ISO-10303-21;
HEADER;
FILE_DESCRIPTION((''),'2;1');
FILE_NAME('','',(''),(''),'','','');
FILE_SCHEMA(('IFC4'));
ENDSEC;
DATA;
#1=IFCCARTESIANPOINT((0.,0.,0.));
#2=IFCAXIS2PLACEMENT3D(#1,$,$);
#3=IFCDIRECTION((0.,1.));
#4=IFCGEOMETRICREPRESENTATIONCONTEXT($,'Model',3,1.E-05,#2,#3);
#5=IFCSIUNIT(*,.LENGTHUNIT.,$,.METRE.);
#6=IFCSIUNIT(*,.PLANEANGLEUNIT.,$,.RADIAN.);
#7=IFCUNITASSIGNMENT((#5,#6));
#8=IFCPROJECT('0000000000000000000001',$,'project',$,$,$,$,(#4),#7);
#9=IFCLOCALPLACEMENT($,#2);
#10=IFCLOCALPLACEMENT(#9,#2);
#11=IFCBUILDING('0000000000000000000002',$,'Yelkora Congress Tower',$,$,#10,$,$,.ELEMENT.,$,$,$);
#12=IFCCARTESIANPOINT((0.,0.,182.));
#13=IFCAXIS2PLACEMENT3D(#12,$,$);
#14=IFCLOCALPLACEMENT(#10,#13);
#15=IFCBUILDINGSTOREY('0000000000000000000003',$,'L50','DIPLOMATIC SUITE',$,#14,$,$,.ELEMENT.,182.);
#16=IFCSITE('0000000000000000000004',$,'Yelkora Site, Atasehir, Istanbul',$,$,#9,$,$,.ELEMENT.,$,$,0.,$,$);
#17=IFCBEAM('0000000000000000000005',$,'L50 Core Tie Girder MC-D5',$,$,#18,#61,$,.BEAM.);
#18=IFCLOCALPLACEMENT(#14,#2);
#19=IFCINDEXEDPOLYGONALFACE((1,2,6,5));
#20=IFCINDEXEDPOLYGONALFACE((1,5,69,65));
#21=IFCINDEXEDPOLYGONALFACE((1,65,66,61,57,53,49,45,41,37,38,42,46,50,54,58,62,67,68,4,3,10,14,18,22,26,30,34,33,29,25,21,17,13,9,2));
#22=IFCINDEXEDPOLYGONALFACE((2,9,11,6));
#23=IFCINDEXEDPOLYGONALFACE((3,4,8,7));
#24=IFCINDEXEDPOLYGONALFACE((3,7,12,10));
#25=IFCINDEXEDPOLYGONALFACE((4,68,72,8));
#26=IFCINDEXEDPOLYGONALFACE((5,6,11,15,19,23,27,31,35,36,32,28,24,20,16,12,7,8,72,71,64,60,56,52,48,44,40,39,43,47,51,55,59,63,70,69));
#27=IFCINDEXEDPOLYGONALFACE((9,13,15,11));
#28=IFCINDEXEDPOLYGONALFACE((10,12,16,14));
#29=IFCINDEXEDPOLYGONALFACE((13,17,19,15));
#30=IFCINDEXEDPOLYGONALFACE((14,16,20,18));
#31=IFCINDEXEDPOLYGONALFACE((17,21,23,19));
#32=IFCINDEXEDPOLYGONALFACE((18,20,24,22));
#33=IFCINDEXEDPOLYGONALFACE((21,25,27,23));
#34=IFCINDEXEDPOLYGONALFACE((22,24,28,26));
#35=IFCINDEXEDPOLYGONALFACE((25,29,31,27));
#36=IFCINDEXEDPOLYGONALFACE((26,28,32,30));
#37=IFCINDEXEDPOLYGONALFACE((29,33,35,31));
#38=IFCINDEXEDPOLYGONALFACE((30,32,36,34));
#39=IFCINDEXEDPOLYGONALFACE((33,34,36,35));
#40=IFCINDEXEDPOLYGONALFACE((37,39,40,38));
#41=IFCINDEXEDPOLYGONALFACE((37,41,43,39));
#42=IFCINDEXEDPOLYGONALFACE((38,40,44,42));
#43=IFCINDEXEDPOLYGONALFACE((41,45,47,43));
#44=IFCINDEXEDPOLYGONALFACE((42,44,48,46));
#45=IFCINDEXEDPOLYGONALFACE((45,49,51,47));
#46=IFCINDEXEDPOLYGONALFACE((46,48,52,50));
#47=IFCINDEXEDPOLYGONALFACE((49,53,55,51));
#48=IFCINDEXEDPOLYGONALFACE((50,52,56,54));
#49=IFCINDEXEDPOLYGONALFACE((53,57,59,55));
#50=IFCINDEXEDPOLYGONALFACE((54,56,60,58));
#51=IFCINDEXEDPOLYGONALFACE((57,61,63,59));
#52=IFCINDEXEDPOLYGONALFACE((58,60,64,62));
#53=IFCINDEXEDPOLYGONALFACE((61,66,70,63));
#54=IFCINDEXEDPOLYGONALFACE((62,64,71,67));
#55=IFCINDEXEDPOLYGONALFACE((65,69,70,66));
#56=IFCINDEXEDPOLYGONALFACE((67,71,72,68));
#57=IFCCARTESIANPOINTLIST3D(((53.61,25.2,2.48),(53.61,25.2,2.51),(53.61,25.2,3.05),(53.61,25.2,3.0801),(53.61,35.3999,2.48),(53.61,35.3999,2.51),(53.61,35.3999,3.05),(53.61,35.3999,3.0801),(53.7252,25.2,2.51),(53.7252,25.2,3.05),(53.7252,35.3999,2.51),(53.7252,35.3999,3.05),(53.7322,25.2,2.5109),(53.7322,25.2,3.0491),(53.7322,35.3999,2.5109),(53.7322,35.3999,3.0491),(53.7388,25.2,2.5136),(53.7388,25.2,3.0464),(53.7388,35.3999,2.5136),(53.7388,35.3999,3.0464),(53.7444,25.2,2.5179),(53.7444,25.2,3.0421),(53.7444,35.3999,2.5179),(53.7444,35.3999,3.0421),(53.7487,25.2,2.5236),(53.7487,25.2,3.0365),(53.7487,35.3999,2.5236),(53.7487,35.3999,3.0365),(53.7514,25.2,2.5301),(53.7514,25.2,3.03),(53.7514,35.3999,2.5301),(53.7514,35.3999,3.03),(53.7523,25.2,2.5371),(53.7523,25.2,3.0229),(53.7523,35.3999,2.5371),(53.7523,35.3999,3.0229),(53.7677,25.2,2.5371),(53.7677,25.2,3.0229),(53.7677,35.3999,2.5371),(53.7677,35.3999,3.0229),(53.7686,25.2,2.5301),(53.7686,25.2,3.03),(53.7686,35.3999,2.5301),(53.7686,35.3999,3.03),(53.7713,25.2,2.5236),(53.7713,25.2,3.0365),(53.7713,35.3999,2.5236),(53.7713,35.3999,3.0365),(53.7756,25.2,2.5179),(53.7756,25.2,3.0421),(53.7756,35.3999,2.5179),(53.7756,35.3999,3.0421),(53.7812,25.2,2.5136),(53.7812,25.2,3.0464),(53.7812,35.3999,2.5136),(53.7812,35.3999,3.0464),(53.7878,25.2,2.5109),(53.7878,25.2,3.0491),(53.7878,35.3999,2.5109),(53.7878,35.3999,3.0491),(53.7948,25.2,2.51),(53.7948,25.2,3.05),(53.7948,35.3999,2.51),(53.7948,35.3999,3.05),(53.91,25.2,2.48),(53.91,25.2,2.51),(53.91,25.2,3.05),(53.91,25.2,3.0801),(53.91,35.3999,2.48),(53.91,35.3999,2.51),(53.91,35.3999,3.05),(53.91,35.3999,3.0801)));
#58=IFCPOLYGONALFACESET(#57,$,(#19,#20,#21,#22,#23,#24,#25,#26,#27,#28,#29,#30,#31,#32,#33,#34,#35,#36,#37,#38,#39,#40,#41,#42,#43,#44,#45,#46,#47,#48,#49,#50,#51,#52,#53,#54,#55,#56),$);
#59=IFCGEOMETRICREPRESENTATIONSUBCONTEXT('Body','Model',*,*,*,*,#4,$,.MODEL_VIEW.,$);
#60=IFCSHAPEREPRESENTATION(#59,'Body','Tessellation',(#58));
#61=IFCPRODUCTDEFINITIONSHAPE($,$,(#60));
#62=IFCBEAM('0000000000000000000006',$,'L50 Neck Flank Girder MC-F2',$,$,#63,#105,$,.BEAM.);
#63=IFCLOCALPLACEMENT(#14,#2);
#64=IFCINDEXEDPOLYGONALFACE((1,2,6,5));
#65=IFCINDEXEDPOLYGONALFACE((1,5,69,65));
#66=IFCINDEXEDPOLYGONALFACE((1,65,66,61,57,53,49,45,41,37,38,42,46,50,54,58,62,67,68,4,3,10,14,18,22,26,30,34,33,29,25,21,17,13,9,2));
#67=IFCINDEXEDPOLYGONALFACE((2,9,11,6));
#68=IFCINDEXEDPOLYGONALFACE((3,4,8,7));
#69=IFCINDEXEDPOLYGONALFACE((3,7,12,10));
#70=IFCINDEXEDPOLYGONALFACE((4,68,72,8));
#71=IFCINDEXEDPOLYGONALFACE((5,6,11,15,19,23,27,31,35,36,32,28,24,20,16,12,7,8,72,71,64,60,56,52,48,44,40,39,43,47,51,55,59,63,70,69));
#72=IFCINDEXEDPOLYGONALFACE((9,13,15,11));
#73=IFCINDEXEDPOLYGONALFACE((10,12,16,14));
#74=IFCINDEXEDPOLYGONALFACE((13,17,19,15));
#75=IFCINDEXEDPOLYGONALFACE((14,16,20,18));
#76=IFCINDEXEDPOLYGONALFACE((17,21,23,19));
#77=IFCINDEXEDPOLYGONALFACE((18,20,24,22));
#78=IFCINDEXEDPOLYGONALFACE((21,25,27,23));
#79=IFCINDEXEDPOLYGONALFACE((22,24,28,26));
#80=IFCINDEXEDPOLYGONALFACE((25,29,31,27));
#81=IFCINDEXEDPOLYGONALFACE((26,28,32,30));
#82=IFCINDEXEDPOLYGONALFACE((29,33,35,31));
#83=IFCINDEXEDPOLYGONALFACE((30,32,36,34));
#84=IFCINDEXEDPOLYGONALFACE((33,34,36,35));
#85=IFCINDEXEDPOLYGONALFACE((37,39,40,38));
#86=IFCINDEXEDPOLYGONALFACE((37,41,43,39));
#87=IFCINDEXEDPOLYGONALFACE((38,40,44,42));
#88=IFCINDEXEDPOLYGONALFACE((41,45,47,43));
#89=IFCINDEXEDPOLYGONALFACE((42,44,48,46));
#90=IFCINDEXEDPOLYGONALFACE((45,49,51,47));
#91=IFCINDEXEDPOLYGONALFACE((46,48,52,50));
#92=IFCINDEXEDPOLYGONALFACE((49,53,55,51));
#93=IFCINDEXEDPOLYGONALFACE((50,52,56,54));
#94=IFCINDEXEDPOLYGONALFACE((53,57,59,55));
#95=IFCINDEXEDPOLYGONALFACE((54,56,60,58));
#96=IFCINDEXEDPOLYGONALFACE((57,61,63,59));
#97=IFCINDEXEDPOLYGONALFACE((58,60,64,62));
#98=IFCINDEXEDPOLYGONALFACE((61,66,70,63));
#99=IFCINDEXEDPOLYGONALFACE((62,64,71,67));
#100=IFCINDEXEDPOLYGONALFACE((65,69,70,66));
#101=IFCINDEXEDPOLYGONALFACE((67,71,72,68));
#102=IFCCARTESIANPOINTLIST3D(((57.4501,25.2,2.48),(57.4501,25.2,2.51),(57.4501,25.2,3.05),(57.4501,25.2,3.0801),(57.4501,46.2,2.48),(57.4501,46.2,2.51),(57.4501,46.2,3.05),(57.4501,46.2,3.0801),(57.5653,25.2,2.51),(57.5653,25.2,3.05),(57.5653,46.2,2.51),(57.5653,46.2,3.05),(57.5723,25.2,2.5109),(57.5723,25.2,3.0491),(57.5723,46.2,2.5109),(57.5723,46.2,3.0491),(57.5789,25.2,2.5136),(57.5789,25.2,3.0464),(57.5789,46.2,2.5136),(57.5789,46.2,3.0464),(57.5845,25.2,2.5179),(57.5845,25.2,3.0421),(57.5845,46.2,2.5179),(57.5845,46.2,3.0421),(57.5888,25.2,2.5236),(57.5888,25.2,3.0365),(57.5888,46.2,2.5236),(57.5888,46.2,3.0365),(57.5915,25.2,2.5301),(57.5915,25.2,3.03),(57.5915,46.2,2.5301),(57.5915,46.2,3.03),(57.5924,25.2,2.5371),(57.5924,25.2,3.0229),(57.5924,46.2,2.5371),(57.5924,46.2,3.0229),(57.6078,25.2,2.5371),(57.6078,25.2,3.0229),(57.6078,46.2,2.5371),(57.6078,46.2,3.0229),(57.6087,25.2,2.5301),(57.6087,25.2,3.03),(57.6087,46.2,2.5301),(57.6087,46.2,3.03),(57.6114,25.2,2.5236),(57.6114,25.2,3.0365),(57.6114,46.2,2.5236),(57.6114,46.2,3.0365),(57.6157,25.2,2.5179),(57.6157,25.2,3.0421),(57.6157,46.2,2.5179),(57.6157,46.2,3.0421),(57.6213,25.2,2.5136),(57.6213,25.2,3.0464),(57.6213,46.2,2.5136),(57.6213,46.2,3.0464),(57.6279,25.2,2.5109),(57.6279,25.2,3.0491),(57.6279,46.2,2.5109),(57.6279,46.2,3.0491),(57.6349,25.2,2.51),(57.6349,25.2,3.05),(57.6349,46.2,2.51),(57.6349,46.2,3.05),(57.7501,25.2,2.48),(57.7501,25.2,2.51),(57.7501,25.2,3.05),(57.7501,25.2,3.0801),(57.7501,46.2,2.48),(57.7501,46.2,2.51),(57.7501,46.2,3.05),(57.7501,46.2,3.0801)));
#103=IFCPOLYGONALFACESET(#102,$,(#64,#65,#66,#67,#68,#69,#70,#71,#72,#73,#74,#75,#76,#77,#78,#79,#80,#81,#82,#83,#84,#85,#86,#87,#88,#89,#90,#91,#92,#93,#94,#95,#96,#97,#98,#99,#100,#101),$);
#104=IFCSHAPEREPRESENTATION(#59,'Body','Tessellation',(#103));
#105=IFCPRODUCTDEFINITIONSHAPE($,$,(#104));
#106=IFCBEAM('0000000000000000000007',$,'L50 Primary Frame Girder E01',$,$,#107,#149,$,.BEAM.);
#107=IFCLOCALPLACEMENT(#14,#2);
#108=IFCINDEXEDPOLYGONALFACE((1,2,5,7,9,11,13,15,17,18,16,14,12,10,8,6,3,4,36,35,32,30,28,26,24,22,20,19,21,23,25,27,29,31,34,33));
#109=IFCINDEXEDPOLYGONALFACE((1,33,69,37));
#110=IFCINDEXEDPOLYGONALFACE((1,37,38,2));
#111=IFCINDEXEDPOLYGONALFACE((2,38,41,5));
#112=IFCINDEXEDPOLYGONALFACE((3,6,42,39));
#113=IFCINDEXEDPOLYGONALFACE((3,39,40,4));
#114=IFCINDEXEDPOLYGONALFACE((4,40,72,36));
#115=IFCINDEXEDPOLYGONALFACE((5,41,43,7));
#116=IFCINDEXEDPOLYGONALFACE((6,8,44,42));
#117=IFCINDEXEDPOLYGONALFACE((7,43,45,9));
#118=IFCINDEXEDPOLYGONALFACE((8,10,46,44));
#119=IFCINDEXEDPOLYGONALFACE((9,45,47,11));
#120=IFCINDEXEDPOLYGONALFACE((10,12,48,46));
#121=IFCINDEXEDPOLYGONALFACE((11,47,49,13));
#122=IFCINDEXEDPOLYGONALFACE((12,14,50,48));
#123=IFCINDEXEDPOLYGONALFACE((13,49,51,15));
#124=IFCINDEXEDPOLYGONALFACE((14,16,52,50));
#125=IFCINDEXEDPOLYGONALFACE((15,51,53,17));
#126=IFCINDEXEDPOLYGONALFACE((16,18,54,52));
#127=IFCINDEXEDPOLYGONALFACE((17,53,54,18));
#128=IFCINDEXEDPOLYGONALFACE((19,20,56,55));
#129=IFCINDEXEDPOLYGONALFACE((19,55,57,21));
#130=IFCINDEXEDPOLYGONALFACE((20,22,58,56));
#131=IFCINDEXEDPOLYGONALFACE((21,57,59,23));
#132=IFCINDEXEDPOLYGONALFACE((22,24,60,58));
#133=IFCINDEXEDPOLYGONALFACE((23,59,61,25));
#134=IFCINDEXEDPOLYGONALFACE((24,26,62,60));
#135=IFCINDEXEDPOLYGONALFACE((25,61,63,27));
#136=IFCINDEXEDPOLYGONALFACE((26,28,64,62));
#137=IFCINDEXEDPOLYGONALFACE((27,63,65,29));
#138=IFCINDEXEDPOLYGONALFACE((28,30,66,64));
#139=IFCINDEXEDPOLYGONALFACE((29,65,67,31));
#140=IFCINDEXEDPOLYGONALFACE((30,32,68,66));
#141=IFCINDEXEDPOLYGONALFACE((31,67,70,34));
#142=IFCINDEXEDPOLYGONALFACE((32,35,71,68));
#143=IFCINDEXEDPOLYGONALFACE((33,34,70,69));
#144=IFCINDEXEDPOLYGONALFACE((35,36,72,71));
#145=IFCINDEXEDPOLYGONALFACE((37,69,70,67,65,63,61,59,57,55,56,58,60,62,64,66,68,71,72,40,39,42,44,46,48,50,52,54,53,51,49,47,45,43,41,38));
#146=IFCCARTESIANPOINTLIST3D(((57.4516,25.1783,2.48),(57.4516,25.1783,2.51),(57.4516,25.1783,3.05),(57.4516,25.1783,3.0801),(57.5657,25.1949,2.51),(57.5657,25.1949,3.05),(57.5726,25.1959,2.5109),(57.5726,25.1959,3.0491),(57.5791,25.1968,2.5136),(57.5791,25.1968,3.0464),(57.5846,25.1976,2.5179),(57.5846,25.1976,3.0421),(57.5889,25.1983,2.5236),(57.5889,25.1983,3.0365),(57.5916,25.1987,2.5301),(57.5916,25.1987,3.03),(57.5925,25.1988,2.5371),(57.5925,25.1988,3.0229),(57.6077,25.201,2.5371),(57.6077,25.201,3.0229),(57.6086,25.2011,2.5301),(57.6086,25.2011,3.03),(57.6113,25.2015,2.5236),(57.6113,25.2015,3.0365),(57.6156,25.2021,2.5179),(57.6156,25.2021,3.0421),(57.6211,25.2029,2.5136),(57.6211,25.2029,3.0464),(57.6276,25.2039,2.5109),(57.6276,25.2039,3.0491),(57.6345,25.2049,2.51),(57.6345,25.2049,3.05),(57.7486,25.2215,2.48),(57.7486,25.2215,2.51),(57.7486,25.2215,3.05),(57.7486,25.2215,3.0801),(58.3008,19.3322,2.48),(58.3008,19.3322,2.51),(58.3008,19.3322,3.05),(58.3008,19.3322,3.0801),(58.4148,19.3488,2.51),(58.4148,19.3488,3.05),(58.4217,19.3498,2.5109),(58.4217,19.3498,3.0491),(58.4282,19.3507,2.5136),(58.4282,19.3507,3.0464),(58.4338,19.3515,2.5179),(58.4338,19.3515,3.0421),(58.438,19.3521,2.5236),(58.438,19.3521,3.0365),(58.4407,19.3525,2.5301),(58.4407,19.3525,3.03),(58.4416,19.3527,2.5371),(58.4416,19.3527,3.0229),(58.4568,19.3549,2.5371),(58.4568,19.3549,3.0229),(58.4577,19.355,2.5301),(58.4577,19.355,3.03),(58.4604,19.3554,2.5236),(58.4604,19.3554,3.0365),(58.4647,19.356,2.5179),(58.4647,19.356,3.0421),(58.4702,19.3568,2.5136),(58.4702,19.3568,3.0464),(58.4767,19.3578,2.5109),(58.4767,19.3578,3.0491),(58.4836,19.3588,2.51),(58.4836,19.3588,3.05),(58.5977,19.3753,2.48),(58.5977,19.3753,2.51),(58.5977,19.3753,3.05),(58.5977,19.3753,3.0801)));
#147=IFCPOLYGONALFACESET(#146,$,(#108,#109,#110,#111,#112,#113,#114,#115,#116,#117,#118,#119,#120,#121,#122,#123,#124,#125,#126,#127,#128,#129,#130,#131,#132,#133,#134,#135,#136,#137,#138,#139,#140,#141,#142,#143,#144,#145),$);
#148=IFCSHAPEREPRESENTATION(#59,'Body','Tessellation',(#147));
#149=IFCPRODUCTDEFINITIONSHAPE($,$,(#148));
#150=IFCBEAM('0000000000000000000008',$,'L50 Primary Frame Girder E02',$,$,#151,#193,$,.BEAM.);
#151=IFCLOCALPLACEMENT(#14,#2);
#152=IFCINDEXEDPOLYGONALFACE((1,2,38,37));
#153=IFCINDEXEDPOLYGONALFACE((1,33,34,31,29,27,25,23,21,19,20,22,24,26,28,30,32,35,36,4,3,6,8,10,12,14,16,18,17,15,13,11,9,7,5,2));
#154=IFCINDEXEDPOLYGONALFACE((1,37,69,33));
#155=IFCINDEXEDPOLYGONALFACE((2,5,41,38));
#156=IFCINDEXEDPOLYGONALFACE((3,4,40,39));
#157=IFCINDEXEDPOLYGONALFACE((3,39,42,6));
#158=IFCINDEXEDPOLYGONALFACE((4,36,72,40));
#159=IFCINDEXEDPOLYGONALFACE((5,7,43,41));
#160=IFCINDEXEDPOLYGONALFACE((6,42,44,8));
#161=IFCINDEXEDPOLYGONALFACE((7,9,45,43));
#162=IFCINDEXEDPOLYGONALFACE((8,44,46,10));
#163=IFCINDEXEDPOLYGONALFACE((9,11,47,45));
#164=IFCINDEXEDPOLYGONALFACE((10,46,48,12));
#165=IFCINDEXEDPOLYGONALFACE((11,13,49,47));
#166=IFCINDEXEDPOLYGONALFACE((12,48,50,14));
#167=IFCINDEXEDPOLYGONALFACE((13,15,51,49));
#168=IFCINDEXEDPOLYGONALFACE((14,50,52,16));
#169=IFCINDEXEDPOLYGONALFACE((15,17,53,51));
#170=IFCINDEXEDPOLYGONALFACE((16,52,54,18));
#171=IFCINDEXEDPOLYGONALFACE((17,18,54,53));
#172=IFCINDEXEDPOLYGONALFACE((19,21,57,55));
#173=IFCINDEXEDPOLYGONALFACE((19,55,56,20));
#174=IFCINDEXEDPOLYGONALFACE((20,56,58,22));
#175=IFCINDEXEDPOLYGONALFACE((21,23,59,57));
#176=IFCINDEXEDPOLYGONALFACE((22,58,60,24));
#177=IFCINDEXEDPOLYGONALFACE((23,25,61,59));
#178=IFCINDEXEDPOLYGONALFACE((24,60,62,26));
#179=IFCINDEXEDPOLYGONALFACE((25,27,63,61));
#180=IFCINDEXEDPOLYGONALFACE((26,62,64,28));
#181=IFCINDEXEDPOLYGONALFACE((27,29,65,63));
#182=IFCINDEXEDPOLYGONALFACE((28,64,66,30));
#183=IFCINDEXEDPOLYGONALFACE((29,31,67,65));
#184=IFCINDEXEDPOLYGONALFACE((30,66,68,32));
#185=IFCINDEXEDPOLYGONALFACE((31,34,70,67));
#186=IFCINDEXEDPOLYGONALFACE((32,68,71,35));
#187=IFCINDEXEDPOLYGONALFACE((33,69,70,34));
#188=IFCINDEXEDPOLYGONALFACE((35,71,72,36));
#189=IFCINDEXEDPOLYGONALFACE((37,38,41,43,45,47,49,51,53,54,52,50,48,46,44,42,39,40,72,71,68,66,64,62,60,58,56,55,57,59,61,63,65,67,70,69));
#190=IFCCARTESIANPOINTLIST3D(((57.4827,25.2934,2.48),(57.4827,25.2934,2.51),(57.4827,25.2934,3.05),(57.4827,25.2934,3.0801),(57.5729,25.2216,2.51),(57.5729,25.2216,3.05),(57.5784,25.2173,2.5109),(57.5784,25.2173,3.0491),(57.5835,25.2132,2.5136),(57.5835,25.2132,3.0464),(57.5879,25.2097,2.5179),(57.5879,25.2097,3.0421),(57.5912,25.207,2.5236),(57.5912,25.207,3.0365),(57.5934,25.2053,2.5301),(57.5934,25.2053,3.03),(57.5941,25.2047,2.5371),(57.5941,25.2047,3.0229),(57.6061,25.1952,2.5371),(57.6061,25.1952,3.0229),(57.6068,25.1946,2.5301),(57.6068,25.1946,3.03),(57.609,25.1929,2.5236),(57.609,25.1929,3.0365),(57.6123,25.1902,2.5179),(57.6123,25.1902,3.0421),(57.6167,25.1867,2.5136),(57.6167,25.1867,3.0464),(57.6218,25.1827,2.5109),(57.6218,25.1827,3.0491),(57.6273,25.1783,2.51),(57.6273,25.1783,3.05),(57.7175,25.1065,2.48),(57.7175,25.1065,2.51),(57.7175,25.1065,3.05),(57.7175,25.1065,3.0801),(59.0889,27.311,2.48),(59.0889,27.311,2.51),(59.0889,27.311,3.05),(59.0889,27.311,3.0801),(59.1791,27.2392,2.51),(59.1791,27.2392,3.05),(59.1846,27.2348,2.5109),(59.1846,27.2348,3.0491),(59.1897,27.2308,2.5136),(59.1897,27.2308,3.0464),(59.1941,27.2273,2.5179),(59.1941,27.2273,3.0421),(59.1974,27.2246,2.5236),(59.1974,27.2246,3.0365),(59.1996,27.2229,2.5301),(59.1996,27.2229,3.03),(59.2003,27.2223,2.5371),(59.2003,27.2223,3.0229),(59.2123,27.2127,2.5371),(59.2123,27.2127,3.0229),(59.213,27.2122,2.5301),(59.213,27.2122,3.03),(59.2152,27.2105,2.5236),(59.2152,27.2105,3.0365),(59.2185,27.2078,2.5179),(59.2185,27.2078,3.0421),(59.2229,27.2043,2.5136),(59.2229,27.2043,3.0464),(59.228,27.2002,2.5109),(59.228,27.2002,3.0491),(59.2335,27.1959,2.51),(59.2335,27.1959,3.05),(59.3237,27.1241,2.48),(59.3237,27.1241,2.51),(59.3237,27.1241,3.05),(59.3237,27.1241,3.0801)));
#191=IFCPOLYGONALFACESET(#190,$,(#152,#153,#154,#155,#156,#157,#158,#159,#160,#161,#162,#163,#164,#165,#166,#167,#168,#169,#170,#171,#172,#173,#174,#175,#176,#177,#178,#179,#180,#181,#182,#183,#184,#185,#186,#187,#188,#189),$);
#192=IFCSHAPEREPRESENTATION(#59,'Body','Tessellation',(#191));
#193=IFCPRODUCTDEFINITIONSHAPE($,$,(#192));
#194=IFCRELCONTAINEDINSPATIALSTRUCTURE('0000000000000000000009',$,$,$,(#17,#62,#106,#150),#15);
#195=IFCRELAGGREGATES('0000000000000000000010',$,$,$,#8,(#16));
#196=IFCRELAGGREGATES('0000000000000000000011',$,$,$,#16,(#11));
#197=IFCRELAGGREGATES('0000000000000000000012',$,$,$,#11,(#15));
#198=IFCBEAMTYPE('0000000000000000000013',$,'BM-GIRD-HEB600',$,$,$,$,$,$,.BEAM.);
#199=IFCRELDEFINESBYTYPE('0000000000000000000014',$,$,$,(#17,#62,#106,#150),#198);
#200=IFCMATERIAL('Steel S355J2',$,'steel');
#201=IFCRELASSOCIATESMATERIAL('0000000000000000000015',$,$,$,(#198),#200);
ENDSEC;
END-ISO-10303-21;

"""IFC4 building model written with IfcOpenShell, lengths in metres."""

from ifc_helpers import new_model, si_unit, direction, frame, origin, origin_2d, place, context, subcontext, project, spatial, i_section, extrude, material, material_profile, profile_set, type_object, element, save


model = new_model("IFC4")

# Units and contexts
model_context = context("Model", 3, precision=1e-05, world=origin(), true_north=direction((0.0, 1.0)))
body_context = subcontext(model_context, "Body", "Model", "MODEL_VIEW")
ifc_project = project(units=[si_unit("LENGTHUNIT", "METRE"), si_unit("PLANEANGLEUNIT", "RADIAN")], contexts=[model_context])

# Site, building, storey
site_placement = place(None, origin())
site = spatial("IfcSite", under=ifc_project, at=site_placement, Name="Yelkora Site, Atasehir, Istanbul", CompositionType="ELEMENT", RefElevation=0.0)
building_placement = place(site_placement, origin())
building = spatial("IfcBuilding", under=site, at=building_placement, Name="Yelkora Congress Tower", CompositionType="ELEMENT")
storey_placement = place(building_placement, frame((0.0, 0.0, 182.0)))
storey = spatial("IfcBuildingStorey", under=building, at=storey_placement, Name="L50", Description="DIPLOMATIC SUITE", CompositionType="ELEMENT", Elevation=182.0)

# Beams
ifc_material_1 = material(Name="Steel S355J2", Category="steel")
ifc_material_profile_1 = material_profile(ifc_material_1, i_section(OverallWidth=0.3, OverallDepth=0.6001, WebThickness=0.0154, FlangeThickness=0.03, FilletRadius=0.0271, at=origin_2d()), Name="HEB 600")
ifc_profile_set_1 = profile_set([ifc_material_profile_1], Name="Steel S355J2")
beam_type_1 = type_object("IfcBeamType", Name="BM-GIRD-HEB600", PredefinedType="BEAM", material=ifc_profile_set_1)
beam_1_placement = place(storey_placement, frame((53.76, 25.2, 2.78), z_axis=(0.0, 1.0, 0.0), x_axis=(-1.0, 0.0, 0.0)))
element("IfcBeam", 1, at=beam_1_placement, inside=storey, type_object=beam_type_1, Name="L50 Core Tie Girder MC-D5", PredefinedType="BEAM", context=body_context, shape_type="SweptSolid", body=[
    extrude(i_section(OverallWidth=0.3, OverallDepth=0.6001, WebThickness=0.0154, FlangeThickness=0.03, FilletRadius=0.0271, at=origin_2d()), origin(), (0.0, 0.0, 1.0), 10.2),
])
beam_2_placement = place(storey_placement, frame((57.6001, 25.2, 2.78), z_axis=(0.0, 1.0, 0.0), x_axis=(-1.0, 0.0, 0.0)))
element("IfcBeam", 2, at=beam_2_placement, inside=storey, type_object=beam_type_1, Name="L50 Neck Flank Girder MC-F2", PredefinedType="BEAM", context=body_context, shape_type="SweptSolid", body=[
    extrude(i_section(OverallWidth=0.3, OverallDepth=0.6001, WebThickness=0.0154, FlangeThickness=0.03, FilletRadius=0.0271, at=origin_2d()), origin(), (0.0, 0.0, 1.0), 21.0),
])
beam_3_placement = place(storey_placement, frame((58.4492, 19.3538, 2.78), z_axis=(-0.143735, 0.989616, 0.0), x_axis=(-0.989616, -0.143735, 0.0)))
element("IfcBeam", 3, at=beam_3_placement, inside=storey, type_object=beam_type_1, Name="L50 Primary Frame Girder E01", PredefinedType="BEAM", context=body_context, shape_type="SweptSolid", body=[
    extrude(i_section(OverallWidth=0.3, OverallDepth=0.6001, WebThickness=0.0154, FlangeThickness=0.03, FilletRadius=0.0271, at=origin_2d()), origin(), (0.0, 0.0, 1.0), 5.9075),
])
beam_4_placement = place(storey_placement, frame((59.2063, 27.2175, 2.78), z_axis=(-0.622835, -0.782354, 0.0), x_axis=(0.782354, -0.622835, 0.0)))
element("IfcBeam", 4, at=beam_4_placement, inside=storey, type_object=beam_type_1, Name="L50 Primary Frame Girder E02", PredefinedType="BEAM", context=body_context, shape_type="SweptSolid", body=[
    extrude(i_section(OverallWidth=0.3, OverallDepth=0.6001, WebThickness=0.0154, FlangeThickness=0.03, FilletRadius=0.0271, at=origin_2d()), origin(), (0.0, 0.0, 1.0), 2.5789),
])

save(model, "model.ifc")
